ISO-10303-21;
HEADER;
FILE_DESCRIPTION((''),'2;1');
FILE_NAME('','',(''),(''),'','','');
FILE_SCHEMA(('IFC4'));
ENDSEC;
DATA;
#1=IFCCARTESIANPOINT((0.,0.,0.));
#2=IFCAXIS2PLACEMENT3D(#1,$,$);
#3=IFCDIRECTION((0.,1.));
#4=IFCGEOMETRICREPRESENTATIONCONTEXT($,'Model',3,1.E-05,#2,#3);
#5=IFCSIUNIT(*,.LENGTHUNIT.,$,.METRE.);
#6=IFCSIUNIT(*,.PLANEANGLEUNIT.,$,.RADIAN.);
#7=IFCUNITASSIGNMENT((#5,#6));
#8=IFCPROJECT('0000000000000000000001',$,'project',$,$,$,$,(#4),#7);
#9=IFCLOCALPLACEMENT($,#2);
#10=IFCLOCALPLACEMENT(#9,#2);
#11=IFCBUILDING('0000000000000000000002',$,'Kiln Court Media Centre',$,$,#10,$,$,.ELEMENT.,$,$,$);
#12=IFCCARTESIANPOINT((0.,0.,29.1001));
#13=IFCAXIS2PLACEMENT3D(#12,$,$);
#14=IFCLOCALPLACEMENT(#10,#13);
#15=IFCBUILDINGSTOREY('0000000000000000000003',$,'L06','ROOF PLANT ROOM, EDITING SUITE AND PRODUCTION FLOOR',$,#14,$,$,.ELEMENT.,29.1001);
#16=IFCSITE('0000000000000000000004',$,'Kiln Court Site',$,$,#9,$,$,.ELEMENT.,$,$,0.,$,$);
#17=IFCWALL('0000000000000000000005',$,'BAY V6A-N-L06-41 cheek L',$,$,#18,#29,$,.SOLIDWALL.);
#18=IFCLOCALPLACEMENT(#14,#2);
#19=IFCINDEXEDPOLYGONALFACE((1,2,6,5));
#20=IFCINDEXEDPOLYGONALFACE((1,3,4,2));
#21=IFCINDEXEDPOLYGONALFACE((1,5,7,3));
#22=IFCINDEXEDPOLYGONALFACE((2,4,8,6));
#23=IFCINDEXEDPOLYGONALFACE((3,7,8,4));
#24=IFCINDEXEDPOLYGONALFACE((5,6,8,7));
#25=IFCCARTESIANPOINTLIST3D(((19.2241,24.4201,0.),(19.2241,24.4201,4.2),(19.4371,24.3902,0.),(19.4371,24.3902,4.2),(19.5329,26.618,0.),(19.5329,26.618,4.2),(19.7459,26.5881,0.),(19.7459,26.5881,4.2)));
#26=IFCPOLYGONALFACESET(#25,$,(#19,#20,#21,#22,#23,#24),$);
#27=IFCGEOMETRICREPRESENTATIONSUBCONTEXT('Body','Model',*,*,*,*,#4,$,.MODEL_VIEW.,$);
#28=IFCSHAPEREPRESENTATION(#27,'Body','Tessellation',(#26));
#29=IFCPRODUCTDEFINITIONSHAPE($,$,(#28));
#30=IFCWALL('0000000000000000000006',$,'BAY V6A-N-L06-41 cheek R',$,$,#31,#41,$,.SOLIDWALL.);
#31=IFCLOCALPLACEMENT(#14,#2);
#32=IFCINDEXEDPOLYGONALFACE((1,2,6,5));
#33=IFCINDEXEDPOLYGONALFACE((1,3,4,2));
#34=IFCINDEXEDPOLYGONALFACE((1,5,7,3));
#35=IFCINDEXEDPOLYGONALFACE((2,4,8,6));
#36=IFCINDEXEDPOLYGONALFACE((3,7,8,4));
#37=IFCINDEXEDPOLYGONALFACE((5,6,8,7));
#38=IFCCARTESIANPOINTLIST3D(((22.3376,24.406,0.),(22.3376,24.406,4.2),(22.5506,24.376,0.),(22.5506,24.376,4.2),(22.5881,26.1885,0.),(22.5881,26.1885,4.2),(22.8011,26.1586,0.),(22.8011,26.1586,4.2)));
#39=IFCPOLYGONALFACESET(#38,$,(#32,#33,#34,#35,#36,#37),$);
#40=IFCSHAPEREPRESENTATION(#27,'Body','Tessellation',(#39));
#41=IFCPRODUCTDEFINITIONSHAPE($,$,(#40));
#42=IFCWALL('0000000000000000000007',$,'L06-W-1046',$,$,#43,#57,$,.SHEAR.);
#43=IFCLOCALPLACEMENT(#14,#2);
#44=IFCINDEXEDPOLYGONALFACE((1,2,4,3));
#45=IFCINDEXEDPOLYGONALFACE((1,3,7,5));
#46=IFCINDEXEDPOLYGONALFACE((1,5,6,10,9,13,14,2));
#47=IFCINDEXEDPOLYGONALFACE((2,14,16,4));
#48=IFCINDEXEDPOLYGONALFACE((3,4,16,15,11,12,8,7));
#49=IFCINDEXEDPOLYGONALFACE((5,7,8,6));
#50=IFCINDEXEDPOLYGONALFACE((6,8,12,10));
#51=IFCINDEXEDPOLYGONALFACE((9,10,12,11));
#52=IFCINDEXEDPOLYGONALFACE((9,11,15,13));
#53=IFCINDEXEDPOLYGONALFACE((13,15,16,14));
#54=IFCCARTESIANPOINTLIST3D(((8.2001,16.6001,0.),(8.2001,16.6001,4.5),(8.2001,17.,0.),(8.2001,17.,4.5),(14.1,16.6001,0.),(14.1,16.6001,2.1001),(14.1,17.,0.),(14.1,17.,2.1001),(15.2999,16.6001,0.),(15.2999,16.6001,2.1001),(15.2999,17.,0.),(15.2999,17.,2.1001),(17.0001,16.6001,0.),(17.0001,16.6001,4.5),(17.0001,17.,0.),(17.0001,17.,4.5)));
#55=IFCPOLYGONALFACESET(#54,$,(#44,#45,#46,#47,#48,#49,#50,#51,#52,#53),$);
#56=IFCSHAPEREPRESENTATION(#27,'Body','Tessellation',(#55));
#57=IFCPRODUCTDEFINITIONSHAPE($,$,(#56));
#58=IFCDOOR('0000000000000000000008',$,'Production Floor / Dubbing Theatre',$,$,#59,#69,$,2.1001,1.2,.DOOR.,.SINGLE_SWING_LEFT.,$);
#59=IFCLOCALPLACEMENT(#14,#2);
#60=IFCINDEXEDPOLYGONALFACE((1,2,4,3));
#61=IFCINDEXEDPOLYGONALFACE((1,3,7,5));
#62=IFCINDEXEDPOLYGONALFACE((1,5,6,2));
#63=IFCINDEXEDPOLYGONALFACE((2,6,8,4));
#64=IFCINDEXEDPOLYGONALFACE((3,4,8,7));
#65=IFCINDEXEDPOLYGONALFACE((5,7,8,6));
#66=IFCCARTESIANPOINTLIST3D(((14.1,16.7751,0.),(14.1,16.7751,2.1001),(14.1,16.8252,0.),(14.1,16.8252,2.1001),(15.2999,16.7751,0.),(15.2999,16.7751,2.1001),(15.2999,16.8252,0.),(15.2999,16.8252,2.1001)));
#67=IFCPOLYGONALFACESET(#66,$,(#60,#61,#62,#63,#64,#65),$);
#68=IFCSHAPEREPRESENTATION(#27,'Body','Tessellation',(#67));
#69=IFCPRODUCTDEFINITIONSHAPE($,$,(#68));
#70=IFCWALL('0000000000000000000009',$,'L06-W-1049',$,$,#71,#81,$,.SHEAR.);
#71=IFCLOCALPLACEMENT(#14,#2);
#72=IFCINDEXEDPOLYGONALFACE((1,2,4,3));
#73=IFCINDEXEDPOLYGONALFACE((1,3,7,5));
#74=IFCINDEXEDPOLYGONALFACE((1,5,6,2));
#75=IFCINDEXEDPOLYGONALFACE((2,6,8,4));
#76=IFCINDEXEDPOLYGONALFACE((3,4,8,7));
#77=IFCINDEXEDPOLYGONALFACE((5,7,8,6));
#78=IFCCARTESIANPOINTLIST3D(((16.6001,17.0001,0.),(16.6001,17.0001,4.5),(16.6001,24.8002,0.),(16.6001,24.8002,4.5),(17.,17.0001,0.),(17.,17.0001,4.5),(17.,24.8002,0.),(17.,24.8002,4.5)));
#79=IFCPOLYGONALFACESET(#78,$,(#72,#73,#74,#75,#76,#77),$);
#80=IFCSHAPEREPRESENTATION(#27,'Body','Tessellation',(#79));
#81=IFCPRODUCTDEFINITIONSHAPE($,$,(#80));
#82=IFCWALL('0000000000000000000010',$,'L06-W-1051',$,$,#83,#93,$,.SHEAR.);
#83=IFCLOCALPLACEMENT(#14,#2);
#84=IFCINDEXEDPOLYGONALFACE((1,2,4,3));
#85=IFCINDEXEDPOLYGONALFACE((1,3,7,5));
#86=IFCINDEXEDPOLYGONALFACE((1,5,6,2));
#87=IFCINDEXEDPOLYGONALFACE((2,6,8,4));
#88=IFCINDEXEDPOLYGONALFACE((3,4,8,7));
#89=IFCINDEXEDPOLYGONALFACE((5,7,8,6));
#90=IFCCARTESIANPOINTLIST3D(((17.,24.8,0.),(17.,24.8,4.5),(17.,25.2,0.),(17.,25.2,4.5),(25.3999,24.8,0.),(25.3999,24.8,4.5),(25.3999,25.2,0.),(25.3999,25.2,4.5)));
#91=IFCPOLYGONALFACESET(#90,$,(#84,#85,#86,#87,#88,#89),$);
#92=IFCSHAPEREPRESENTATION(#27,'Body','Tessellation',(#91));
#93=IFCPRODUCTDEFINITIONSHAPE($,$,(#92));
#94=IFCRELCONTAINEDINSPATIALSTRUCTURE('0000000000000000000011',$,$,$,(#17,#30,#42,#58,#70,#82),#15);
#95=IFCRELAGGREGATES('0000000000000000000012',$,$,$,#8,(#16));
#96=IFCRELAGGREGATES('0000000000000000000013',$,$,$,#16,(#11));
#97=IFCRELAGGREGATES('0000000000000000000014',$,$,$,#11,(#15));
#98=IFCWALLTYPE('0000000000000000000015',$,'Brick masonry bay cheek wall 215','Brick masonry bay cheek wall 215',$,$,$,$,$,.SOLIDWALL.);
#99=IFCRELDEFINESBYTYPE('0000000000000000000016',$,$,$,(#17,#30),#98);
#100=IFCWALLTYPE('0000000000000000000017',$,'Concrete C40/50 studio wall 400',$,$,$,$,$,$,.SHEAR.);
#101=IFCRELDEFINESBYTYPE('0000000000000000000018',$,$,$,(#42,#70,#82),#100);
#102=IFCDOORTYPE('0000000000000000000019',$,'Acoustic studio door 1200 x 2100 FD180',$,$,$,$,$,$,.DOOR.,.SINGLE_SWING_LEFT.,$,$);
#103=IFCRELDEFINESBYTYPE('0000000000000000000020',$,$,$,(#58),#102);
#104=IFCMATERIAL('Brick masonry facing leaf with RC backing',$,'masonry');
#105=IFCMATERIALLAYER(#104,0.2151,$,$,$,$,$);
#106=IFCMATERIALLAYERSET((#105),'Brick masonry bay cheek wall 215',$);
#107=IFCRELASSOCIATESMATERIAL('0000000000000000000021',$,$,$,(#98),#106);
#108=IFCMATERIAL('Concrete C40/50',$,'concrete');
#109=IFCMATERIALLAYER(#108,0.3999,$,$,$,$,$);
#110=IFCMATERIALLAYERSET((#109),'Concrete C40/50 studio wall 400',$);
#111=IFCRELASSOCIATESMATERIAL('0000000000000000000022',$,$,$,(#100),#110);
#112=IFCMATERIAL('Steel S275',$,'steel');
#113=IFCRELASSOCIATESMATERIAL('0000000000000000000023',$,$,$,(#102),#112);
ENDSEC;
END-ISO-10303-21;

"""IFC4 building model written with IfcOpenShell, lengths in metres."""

from ifc_helpers import new_model, si_unit, direction, frame, frame_2d, origin, place, context, subcontext, project, spatial, rectangle, extrude, material, layer, layer_set, type_object, element, fill, save


model = new_model("IFC4")

# Units and contexts
model_context = context("Model", 3, precision=1e-05, world=origin(), true_north=direction((0.0, 1.0)))
body_context = subcontext(model_context, "Body", "Model", "MODEL_VIEW")
ifc_project = project(units=[si_unit("LENGTHUNIT", "METRE"), si_unit("PLANEANGLEUNIT", "RADIAN")], contexts=[model_context])

# Site, building, storey
site_placement = place(None, origin())
site = spatial("IfcSite", under=ifc_project, at=site_placement, Name="Kiln Court Site", CompositionType="ELEMENT", RefElevation=0.0)
building_placement = place(site_placement, origin())
building = spatial("IfcBuilding", under=site, at=building_placement, Name="Kiln Court Media Centre", CompositionType="ELEMENT")
storey_placement = place(building_placement, frame((0.0, 0.0, 29.1001)))
storey = spatial("IfcBuildingStorey", under=building, at=storey_placement, Name="L06", Description="ROOF PLANT ROOM, EDITING SUITE AND PRODUCTION FLOOR", CompositionType="ELEMENT", Elevation=29.1001)

# Walls
ifc_material_1 = material(Name="Brick masonry facing leaf with RC backing", Category="masonry")
ifc_layer_1 = layer(ifc_material_1, 0.2151)
ifc_layer_set_1 = layer_set([ifc_layer_1], Name="Brick masonry bay cheek wall 215")
wall_type_1 = type_object("IfcWallType", Name="Brick masonry bay cheek wall 215", Description="Brick masonry bay cheek wall 215", PredefinedType="SOLIDWALL", material=ifc_layer_set_1)
wall_1_placement = place(storey_placement, frame((19.3306, 24.405, 0.0), z_axis=(0.0, 0.0, 1.0), x_axis=(0.139142, 0.990272, 0.0)))
element("IfcWall", 1, at=wall_1_placement, inside=storey, type_object=wall_type_1, Name="BAY V6A-N-L06-41 cheek L", PredefinedType="SOLIDWALL", context=body_context, shape_type="SweptSolid", body=[
    extrude(rectangle(XDim=2.2195, YDim=0.2151, at=frame_2d((1.1099, 0.0))), origin(), (0.0, 0.0, 1.0), 4.2),
])
wall_2_placement = place(storey_placement, frame((22.4441, 24.3911, 0.0), z_axis=(0.0, 0.0, 1.0), x_axis=(0.139161, 0.99027, 0.0)))
element("IfcWall", 2, at=wall_2_placement, inside=storey, type_object=wall_type_1, Name="BAY V6A-N-L06-41 cheek R", PredefinedType="SOLIDWALL", context=body_context, shape_type="SweptSolid", body=[
    extrude(rectangle(XDim=1.8, YDim=0.2151, at=frame_2d((0.8999, 0.0))), origin(), (0.0, 0.0, 1.0), 4.2),
])

# Wall, opening, door
ifc_material_2 = material(Name="Concrete C40/50", Category="concrete")
ifc_layer_2 = layer(ifc_material_2, 0.3999)
ifc_layer_set_2 = layer_set([ifc_layer_2], Name="Concrete C40/50 studio wall 400")
wall_type_2 = type_object("IfcWallType", Name="Concrete C40/50 studio wall 400", PredefinedType="SHEAR", material=ifc_layer_set_2)
wall_3_placement = place(storey_placement, frame((17.0, 16.8, 0.0), z_axis=(0.0, 0.0, 1.0), x_axis=(-1.0, 0.0, 0.0)))
wall_3 = element("IfcWall", 3, at=wall_3_placement, inside=storey, type_object=wall_type_2, Name="L06-W-1046", PredefinedType="SHEAR", context=body_context, shape_type="SweptSolid", body=[
    extrude(rectangle(XDim=8.8, YDim=0.3999, at=frame_2d((4.3999, 0.0))), origin(), (0.0, 0.0, 1.0), 4.5),
])
opening_placement = place(wall_3_placement, frame((1.7, 0.0, 0.0)))
opening = element("IfcOpeningElement", 4, at=opening_placement, cuts=wall_3, PredefinedType="OPENING", context=body_context, shape_type="SweptSolid", body=[
    extrude(rectangle(XDim=1.2, YDim=2.1001, at=frame_2d((0.6001, 1.05))), frame((0.0, 0.21, 0.0), z_axis=(0.0, -1.0, 0.0), x_axis=(1.0, 0.0, 0.0)), (0.0, 0.0, 1.0), 0.4199),
])
ifc_material_3 = material(Name="Steel S275", Category="steel")
door_type = type_object("IfcDoorType", Name="Acoustic studio door 1200 x 2100 FD180", OperationType="SINGLE_SWING_LEFT", PredefinedType="DOOR", material=ifc_material_3)
door_placement = place(opening_placement, origin())
door = element("IfcDoor", 5, at=door_placement, inside=storey, type_object=door_type, Name="Production Floor / Dubbing Theatre", OperationType="SINGLE_SWING_LEFT", OverallHeight=2.1001, OverallWidth=1.2, PredefinedType="DOOR", context=body_context, shape_type="SweptSolid", body=[
    extrude(rectangle(XDim=1.2, YDim=2.1001, at=frame_2d((0.6001, 1.05))), frame((0.0, 0.0249, 0.0), z_axis=(0.0, -1.0, 0.0), x_axis=(1.0, 0.0, 0.0)), (0.0, 0.0, 1.0), 0.05),
])
fill(opening, door)

# Walls
wall_4_placement = place(storey_placement, frame((16.8, 24.8, 0.0), z_axis=(0.0, 0.0, 1.0), x_axis=(0.0, -1.0, 0.0)))
element("IfcWall", 6, at=wall_4_placement, inside=storey, type_object=wall_type_2, Name="L06-W-1049", PredefinedType="SHEAR", context=body_context, shape_type="SweptSolid", body=[
    extrude(rectangle(XDim=7.8, YDim=0.3999, at=frame_2d((3.8999, 0.0))), origin(), (0.0, 0.0, 1.0), 4.5),
])
wall_5_placement = place(storey_placement, frame((17.0, 25.0, 0.0), z_axis=(0.0, 0.0, 1.0), x_axis=(1.0, 0.0, 0.0)))
element("IfcWall", 7, at=wall_5_placement, inside=storey, type_object=wall_type_2, Name="L06-W-1051", PredefinedType="SHEAR", context=body_context, shape_type="SweptSolid", body=[
    extrude(rectangle(XDim=8.3999, YDim=0.3999, at=frame_2d((4.2, 0.0))), origin(), (0.0, 0.0, 1.0), 4.5),
])

save(model, "model.ifc")
